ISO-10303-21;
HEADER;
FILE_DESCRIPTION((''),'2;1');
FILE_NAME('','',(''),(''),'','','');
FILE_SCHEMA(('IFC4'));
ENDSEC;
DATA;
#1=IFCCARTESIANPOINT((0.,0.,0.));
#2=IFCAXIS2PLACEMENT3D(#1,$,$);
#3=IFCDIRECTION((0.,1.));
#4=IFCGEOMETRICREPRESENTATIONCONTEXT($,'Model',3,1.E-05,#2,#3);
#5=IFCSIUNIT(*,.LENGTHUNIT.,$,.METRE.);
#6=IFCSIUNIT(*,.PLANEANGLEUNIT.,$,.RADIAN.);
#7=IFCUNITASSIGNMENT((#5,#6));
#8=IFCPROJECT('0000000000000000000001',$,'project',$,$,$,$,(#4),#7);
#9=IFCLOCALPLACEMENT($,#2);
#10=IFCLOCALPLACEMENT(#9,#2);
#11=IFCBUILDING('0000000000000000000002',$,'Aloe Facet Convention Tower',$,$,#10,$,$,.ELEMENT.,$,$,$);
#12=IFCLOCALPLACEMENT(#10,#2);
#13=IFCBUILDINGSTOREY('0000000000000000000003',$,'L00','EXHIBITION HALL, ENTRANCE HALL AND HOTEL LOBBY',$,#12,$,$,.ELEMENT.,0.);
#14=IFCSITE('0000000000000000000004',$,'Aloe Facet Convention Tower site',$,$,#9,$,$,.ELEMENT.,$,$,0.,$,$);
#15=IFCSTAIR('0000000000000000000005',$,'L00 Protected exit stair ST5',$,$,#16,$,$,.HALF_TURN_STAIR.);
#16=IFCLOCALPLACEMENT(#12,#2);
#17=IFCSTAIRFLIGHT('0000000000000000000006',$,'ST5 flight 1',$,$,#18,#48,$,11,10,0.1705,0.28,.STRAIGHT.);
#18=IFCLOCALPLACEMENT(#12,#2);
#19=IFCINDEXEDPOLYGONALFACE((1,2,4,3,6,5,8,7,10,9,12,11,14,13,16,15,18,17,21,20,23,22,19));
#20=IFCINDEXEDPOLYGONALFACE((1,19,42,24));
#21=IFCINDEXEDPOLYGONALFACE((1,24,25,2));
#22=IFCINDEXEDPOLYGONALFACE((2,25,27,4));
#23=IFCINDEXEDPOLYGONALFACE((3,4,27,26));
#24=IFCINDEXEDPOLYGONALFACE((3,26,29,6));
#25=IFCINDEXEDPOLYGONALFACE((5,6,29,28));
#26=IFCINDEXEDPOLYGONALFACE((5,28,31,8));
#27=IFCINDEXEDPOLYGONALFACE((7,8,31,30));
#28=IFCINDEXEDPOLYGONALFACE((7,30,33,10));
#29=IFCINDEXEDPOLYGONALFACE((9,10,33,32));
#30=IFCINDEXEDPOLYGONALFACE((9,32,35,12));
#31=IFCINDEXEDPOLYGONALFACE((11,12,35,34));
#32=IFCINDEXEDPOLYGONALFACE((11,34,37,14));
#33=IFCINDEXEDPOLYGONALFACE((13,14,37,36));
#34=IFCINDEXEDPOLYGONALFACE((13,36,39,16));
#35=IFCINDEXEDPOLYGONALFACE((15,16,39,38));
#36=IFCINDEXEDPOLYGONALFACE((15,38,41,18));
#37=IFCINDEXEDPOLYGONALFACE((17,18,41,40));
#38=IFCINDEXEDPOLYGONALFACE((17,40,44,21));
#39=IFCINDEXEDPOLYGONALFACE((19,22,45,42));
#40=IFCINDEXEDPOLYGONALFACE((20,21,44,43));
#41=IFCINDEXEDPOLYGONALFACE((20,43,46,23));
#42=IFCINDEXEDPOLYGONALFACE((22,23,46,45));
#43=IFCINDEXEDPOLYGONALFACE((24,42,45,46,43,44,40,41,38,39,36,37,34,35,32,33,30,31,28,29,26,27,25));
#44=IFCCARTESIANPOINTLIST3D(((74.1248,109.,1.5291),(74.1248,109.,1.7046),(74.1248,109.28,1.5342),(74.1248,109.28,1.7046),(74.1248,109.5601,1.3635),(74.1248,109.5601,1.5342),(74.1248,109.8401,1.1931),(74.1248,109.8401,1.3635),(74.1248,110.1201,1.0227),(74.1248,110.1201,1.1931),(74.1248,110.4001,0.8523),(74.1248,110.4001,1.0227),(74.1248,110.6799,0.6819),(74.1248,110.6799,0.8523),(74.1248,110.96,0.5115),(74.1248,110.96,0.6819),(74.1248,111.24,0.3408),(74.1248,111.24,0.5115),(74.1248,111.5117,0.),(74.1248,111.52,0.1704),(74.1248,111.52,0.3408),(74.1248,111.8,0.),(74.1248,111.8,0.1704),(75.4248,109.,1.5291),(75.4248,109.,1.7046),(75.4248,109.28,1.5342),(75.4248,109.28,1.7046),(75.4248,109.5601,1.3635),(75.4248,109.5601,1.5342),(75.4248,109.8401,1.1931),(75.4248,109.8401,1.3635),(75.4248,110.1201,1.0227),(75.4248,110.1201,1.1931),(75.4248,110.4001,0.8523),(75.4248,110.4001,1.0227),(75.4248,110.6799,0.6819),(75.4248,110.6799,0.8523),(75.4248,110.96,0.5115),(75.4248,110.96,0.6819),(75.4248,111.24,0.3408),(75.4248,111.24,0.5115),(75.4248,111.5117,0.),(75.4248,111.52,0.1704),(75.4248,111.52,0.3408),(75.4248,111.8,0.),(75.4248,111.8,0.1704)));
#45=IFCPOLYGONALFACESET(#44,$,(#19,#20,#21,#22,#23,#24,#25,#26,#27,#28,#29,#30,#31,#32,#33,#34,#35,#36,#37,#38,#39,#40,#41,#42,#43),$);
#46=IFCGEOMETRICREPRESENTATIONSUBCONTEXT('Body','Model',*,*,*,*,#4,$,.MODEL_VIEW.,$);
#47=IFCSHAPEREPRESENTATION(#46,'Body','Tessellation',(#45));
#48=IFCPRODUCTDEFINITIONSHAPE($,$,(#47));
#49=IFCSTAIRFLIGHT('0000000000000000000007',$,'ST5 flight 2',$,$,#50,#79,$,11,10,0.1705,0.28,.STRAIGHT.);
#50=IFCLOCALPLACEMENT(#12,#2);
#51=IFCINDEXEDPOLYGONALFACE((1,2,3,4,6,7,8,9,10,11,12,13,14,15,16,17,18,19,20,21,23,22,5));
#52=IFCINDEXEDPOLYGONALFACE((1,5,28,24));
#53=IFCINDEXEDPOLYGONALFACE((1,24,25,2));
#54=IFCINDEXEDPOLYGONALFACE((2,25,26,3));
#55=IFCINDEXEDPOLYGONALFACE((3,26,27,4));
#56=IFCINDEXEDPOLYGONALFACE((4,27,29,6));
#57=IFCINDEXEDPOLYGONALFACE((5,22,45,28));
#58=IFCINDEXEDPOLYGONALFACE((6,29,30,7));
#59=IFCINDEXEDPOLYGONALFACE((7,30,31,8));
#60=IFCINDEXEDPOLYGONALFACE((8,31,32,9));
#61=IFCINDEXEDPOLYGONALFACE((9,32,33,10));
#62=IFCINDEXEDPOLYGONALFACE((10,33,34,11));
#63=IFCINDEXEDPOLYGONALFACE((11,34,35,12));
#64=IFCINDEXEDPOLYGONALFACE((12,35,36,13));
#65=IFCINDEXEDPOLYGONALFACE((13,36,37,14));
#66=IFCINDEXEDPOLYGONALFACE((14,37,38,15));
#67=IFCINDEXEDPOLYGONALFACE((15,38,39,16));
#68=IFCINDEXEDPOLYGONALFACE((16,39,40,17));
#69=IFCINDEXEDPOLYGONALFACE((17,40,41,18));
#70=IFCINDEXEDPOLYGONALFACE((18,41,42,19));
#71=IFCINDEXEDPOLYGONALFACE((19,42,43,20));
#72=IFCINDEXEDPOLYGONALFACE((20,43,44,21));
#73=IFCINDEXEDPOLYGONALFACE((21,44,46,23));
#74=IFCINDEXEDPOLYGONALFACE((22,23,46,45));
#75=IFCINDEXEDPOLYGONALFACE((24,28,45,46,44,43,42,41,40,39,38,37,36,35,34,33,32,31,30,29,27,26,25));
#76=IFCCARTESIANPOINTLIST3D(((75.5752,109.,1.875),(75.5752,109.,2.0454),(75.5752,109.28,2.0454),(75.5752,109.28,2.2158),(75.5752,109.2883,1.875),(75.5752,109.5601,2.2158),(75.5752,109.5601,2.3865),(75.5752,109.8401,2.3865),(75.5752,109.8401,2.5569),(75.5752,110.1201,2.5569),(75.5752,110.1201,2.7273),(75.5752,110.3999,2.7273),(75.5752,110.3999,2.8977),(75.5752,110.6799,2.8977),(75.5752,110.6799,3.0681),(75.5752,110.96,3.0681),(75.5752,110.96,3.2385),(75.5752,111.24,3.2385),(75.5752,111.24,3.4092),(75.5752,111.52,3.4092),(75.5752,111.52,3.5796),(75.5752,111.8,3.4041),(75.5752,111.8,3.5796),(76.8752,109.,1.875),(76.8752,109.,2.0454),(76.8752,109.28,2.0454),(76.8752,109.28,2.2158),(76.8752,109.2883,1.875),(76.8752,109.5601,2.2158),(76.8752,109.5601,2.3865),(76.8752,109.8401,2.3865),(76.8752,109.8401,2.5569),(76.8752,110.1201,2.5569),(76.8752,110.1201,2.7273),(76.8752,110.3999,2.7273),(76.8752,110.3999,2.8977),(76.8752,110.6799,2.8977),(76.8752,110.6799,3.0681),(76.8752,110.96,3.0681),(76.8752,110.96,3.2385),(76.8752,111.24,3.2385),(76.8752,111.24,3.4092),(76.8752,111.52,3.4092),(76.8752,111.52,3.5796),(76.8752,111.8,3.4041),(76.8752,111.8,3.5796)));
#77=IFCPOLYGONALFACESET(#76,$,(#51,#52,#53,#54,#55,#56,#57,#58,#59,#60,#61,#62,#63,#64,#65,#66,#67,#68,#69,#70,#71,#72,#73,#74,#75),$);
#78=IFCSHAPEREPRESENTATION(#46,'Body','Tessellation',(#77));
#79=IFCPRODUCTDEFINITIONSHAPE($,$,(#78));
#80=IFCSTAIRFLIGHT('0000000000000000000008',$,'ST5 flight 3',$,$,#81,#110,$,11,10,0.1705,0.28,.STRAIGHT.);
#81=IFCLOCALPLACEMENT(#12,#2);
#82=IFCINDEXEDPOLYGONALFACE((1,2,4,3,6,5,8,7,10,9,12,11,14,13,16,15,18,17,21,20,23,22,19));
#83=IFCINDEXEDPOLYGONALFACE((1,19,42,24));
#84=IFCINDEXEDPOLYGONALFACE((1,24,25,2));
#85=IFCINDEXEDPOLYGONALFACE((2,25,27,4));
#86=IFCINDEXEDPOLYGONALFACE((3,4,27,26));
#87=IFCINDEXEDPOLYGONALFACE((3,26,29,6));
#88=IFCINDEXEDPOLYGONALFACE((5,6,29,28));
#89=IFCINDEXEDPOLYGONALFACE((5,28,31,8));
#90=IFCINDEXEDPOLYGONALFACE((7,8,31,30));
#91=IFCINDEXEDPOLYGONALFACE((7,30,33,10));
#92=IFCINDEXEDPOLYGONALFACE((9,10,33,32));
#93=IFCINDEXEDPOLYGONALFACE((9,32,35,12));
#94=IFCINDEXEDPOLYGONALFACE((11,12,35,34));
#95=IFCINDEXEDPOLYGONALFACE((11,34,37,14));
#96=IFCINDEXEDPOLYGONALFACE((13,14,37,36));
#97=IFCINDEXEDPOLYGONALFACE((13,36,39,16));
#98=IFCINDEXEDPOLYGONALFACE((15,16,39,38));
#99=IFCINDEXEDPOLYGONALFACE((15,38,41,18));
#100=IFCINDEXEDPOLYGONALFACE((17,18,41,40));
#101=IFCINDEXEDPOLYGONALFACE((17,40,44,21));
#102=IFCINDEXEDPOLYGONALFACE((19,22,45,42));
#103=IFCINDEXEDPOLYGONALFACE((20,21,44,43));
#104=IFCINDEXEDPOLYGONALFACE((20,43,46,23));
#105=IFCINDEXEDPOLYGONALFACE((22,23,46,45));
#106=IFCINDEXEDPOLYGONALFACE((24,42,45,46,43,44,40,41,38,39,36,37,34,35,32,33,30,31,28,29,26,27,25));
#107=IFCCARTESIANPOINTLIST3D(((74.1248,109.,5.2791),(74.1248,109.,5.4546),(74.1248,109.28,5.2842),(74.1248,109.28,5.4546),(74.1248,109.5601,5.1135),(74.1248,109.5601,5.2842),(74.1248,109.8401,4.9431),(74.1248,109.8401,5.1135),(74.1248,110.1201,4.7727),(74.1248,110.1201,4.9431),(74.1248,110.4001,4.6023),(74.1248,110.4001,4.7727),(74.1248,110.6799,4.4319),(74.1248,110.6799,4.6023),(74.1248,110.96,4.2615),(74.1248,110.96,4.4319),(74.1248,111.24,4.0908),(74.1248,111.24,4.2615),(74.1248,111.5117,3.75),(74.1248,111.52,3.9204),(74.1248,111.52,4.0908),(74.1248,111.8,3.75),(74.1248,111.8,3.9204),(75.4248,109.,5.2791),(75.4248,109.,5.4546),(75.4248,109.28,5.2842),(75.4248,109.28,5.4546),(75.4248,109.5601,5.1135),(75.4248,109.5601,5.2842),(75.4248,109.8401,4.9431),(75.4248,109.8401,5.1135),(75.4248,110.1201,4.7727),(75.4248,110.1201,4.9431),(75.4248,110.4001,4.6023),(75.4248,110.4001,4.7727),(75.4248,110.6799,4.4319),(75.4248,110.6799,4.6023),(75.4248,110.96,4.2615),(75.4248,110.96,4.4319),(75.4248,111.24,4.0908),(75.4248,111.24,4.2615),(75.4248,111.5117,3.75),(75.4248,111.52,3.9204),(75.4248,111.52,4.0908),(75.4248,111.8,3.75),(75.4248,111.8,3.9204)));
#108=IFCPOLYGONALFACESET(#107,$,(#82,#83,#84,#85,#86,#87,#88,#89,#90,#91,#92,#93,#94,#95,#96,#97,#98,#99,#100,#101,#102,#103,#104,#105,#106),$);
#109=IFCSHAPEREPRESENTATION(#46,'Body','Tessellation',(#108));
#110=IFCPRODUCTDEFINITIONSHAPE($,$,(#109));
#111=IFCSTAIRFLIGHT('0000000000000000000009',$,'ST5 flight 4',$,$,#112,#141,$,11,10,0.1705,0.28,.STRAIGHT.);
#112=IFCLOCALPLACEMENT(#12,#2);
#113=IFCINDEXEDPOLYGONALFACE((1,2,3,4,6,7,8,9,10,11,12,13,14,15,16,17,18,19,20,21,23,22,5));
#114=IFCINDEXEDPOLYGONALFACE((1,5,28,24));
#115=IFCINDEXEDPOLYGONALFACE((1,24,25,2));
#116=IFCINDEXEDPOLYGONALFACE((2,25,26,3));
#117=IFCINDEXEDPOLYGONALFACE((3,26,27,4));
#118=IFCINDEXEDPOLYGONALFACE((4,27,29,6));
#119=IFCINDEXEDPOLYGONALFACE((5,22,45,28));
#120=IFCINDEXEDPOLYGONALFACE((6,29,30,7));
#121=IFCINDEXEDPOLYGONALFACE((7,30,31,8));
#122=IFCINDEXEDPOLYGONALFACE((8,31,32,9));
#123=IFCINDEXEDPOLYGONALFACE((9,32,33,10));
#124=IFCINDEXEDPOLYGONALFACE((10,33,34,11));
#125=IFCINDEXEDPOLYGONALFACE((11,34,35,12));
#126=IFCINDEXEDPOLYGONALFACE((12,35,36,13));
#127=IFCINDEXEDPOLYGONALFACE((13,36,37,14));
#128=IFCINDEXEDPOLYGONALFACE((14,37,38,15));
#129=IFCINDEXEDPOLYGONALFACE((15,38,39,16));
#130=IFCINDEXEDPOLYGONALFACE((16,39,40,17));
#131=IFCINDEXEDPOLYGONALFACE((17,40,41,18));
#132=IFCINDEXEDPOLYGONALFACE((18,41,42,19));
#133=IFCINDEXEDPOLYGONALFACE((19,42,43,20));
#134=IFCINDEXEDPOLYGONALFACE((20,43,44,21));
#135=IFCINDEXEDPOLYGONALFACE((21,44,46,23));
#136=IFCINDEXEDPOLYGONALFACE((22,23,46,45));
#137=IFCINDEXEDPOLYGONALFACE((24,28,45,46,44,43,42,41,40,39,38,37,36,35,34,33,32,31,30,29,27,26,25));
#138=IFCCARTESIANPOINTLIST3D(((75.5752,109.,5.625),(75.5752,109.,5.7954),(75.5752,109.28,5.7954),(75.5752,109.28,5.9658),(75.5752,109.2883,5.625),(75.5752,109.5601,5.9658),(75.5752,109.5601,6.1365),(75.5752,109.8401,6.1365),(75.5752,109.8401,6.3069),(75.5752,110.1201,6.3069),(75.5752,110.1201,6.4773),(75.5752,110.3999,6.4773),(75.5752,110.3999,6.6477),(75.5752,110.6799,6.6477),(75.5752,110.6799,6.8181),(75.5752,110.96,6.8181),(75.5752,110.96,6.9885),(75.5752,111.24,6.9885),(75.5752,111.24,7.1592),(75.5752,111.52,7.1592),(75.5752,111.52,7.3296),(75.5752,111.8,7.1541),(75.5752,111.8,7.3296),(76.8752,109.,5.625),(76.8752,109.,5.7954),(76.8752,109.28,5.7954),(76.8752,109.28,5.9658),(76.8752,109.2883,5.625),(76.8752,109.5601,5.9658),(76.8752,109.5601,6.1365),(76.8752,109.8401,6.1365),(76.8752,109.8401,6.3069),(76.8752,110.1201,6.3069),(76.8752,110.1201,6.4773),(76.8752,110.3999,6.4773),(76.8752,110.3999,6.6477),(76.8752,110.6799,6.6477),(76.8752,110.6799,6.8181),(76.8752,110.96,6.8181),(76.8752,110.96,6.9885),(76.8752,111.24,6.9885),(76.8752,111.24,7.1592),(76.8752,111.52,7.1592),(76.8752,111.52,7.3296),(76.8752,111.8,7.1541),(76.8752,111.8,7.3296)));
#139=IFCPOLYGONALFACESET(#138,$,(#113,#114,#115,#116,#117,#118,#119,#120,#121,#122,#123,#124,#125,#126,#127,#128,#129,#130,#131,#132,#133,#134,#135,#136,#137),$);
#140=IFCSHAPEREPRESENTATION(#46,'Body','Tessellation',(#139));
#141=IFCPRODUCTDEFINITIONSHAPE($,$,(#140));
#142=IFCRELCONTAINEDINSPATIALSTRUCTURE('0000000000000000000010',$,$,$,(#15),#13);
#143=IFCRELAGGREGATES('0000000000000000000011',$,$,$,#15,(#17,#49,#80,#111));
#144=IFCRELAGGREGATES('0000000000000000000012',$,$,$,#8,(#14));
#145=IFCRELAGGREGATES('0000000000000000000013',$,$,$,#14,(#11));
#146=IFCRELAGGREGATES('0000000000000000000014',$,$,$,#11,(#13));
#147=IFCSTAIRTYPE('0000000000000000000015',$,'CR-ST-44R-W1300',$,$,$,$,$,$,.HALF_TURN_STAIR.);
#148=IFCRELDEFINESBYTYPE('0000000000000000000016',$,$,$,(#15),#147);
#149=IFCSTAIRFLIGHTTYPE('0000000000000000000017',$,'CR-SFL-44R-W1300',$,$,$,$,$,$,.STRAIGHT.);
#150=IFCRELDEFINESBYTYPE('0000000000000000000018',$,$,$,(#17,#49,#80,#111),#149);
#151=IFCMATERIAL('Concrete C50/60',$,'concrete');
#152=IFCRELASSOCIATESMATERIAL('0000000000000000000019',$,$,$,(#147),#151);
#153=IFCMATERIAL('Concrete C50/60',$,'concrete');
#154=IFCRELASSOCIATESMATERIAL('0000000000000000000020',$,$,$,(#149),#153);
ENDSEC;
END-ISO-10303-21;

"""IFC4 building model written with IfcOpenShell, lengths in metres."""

from ifc_helpers import new_model, si_unit, direction, frame, origin, place, context, subcontext, project, spatial, polyline, outline, extrude, material, type_object, element, aggregate, save


model = new_model("IFC4")

# Units and contexts
model_context = context("Model", 3, precision=1e-05, world=origin(), true_north=direction((0.0, 1.0)))
body_context = subcontext(model_context, "Body", "Model", "MODEL_VIEW")
ifc_project = project(units=[si_unit("LENGTHUNIT", "METRE"), si_unit("PLANEANGLEUNIT", "RADIAN")], contexts=[model_context])

# Site, building, storey
site_placement = place(None, origin())
site = spatial("IfcSite", under=ifc_project, at=site_placement, Name="Aloe Facet Convention Tower site", CompositionType="ELEMENT", RefElevation=0.0)
building_placement = place(site_placement, origin())
building = spatial("IfcBuilding", under=site, at=building_placement, Name="Aloe Facet Convention Tower", CompositionType="ELEMENT")
storey_placement = place(building_placement, origin())
storey = spatial("IfcBuildingStorey", under=building, at=storey_placement, Name="L00", Description="EXHIBITION HALL, ENTRANCE HALL AND HOTEL LOBBY", CompositionType="ELEMENT", Elevation=0.0)

# Stair, stair flights
ifc_material_1 = material(Name="Concrete C50/60", Category="concrete")
stair_type = type_object("IfcStairType", Name="CR-ST-44R-W1300", PredefinedType="HALF_TURN_STAIR", material=ifc_material_1)
stair_placement = place(storey_placement, origin())
stair = element("IfcStair", 1, at=stair_placement, inside=storey, type_object=stair_type, Name="L00 Protected exit stair ST5", PredefinedType="HALF_TURN_STAIR")
ifc_material_2 = material(Name="Concrete C50/60", Category="concrete")
stair_flight_type = type_object("IfcStairFlightType", Name="CR-SFL-44R-W1300", PredefinedType="STRAIGHT", material=ifc_material_2)
stair_flight_1_placement = place(storey_placement, frame((74.7749, 111.8, 0.0), z_axis=(0.0, 0.0, 1.0), x_axis=(0.0, -1.0, 0.0)))
stair_flight_1 = element("IfcStairFlight", 2, at=stair_flight_1_placement, type_object=stair_flight_type, Name="ST5 flight 1", NumberOfRisers=11, NumberOfTreads=10, PredefinedType="STRAIGHT", RiserHeight=0.1705, TreadLength=0.28, context=body_context, shape_type="SweptSolid", body=[
    extrude(outline(polyline([(0.0, 0.0), (0.0, 0.1704), (0.28, 0.1704), (0.28, 0.3408), (0.5601, 0.3408), (0.5601, 0.5115), (0.8401, 0.5115), (0.8401, 0.6819), (1.1201, 0.6819), (1.1201, 0.8523), (1.3999, 0.8523), (1.3999, 1.0227), (1.6799, 1.0227), (1.6799, 1.1931), (1.96, 1.1931), (1.96, 1.3635), (2.24, 1.3635), (2.24, 1.5342), (2.52, 1.5342), (2.52, 1.7046), (2.8, 1.7046), (2.8, 1.875), (2.8, 1.5291), (0.2883, 0.0), (0.0, 0.0)])), frame((0.0, 0.6499, 0.0), z_axis=(0.0, -1.0, 0.0), x_axis=(1.0, 0.0, 0.0)), (0.0, 0.0, 1.0), 1.3),
])
stair_flight_2_placement = place(storey_placement, frame((76.2251, 109.0, 1.875), z_axis=(0.0, 0.0, 1.0), x_axis=(0.0, 1.0, 0.0)))
stair_flight_2 = element("IfcStairFlight", 3, at=stair_flight_2_placement, type_object=stair_flight_type, Name="ST5 flight 2", NumberOfRisers=11, NumberOfTreads=10, PredefinedType="STRAIGHT", RiserHeight=0.1705, TreadLength=0.28, context=body_context, shape_type="SweptSolid", body=[
    extrude(outline(polyline([(0.0, 0.0), (0.0, 0.1704), (0.28, 0.1704), (0.28, 0.3408), (0.5601, 0.3408), (0.5601, 0.5115), (0.8401, 0.5115), (0.8401, 0.6819), (1.1201, 0.6819), (1.1201, 0.8523), (1.3999, 0.8523), (1.3999, 1.0227), (1.6799, 1.0227), (1.6799, 1.1931), (1.96, 1.1931), (1.96, 1.3635), (2.24, 1.3635), (2.24, 1.5342), (2.52, 1.5342), (2.52, 1.7046), (2.8, 1.7046), (2.8, 1.875), (2.8, 1.5291), (0.2883, 0.0), (0.0, 0.0)])), frame((0.0, 0.6499, 0.0), z_axis=(0.0, -1.0, 0.0), x_axis=(1.0, 0.0, 0.0)), (0.0, 0.0, 1.0), 1.3),
])
stair_flight_3_placement = place(storey_placement, frame((74.7749, 111.8, 3.75), z_axis=(0.0, 0.0, 1.0), x_axis=(0.0, -1.0, 0.0)))
stair_flight_3 = element("IfcStairFlight", 4, at=stair_flight_3_placement, type_object=stair_flight_type, Name="ST5 flight 3", NumberOfRisers=11, NumberOfTreads=10, PredefinedType="STRAIGHT", RiserHeight=0.1705, TreadLength=0.28, context=body_context, shape_type="SweptSolid", body=[
    extrude(outline(polyline([(0.0, 0.0), (0.0, 0.1704), (0.28, 0.1704), (0.28, 0.3408), (0.5601, 0.3408), (0.5601, 0.5115), (0.8401, 0.5115), (0.8401, 0.6819), (1.1201, 0.6819), (1.1201, 0.8523), (1.3999, 0.8523), (1.3999, 1.0227), (1.6799, 1.0227), (1.6799, 1.1931), (1.96, 1.1931), (1.96, 1.3635), (2.24, 1.3635), (2.24, 1.5342), (2.52, 1.5342), (2.52, 1.7046), (2.8, 1.7046), (2.8, 1.875), (2.8, 1.5291), (0.2883, 0.0), (0.0, 0.0)])), frame((0.0, 0.6499, 0.0), z_axis=(0.0, -1.0, 0.0), x_axis=(1.0, 0.0, 0.0)), (0.0, 0.0, 1.0), 1.3),
])
stair_flight_4_placement = place(storey_placement, frame((76.2251, 109.0, 5.625), z_axis=(0.0, 0.0, 1.0), x_axis=(0.0, 1.0, 0.0)))
stair_flight_4 = element("IfcStairFlight", 5, at=stair_flight_4_placement, type_object=stair_flight_type, Name="ST5 flight 4", NumberOfRisers=11, NumberOfTreads=10, PredefinedType="STRAIGHT", RiserHeight=0.1705, TreadLength=0.28, context=body_context, shape_type="SweptSolid", body=[
    extrude(outline(polyline([(0.0, 0.0), (0.0, 0.1704), (0.28, 0.1704), (0.28, 0.3408), (0.5601, 0.3408), (0.5601, 0.5115), (0.8401, 0.5115), (0.8401, 0.6819), (1.1201, 0.6819), (1.1201, 0.8523), (1.3999, 0.8523), (1.3999, 1.0227), (1.6799, 1.0227), (1.6799, 1.1931), (1.96, 1.1931), (1.96, 1.3635), (2.24, 1.3635), (2.24, 1.5342), (2.52, 1.5342), (2.52, 1.7046), (2.8, 1.7046), (2.8, 1.875), (2.8, 1.5291), (0.2883, 0.0), (0.0, 0.0)])), frame((0.0, 0.6499, 0.0), z_axis=(0.0, -1.0, 0.0), x_axis=(1.0, 0.0, 0.0)), (0.0, 0.0, 1.0), 1.3),
])
aggregate(stair, [stair_flight_1, stair_flight_2, stair_flight_3, stair_flight_4])

save(model, "model.ifc")
